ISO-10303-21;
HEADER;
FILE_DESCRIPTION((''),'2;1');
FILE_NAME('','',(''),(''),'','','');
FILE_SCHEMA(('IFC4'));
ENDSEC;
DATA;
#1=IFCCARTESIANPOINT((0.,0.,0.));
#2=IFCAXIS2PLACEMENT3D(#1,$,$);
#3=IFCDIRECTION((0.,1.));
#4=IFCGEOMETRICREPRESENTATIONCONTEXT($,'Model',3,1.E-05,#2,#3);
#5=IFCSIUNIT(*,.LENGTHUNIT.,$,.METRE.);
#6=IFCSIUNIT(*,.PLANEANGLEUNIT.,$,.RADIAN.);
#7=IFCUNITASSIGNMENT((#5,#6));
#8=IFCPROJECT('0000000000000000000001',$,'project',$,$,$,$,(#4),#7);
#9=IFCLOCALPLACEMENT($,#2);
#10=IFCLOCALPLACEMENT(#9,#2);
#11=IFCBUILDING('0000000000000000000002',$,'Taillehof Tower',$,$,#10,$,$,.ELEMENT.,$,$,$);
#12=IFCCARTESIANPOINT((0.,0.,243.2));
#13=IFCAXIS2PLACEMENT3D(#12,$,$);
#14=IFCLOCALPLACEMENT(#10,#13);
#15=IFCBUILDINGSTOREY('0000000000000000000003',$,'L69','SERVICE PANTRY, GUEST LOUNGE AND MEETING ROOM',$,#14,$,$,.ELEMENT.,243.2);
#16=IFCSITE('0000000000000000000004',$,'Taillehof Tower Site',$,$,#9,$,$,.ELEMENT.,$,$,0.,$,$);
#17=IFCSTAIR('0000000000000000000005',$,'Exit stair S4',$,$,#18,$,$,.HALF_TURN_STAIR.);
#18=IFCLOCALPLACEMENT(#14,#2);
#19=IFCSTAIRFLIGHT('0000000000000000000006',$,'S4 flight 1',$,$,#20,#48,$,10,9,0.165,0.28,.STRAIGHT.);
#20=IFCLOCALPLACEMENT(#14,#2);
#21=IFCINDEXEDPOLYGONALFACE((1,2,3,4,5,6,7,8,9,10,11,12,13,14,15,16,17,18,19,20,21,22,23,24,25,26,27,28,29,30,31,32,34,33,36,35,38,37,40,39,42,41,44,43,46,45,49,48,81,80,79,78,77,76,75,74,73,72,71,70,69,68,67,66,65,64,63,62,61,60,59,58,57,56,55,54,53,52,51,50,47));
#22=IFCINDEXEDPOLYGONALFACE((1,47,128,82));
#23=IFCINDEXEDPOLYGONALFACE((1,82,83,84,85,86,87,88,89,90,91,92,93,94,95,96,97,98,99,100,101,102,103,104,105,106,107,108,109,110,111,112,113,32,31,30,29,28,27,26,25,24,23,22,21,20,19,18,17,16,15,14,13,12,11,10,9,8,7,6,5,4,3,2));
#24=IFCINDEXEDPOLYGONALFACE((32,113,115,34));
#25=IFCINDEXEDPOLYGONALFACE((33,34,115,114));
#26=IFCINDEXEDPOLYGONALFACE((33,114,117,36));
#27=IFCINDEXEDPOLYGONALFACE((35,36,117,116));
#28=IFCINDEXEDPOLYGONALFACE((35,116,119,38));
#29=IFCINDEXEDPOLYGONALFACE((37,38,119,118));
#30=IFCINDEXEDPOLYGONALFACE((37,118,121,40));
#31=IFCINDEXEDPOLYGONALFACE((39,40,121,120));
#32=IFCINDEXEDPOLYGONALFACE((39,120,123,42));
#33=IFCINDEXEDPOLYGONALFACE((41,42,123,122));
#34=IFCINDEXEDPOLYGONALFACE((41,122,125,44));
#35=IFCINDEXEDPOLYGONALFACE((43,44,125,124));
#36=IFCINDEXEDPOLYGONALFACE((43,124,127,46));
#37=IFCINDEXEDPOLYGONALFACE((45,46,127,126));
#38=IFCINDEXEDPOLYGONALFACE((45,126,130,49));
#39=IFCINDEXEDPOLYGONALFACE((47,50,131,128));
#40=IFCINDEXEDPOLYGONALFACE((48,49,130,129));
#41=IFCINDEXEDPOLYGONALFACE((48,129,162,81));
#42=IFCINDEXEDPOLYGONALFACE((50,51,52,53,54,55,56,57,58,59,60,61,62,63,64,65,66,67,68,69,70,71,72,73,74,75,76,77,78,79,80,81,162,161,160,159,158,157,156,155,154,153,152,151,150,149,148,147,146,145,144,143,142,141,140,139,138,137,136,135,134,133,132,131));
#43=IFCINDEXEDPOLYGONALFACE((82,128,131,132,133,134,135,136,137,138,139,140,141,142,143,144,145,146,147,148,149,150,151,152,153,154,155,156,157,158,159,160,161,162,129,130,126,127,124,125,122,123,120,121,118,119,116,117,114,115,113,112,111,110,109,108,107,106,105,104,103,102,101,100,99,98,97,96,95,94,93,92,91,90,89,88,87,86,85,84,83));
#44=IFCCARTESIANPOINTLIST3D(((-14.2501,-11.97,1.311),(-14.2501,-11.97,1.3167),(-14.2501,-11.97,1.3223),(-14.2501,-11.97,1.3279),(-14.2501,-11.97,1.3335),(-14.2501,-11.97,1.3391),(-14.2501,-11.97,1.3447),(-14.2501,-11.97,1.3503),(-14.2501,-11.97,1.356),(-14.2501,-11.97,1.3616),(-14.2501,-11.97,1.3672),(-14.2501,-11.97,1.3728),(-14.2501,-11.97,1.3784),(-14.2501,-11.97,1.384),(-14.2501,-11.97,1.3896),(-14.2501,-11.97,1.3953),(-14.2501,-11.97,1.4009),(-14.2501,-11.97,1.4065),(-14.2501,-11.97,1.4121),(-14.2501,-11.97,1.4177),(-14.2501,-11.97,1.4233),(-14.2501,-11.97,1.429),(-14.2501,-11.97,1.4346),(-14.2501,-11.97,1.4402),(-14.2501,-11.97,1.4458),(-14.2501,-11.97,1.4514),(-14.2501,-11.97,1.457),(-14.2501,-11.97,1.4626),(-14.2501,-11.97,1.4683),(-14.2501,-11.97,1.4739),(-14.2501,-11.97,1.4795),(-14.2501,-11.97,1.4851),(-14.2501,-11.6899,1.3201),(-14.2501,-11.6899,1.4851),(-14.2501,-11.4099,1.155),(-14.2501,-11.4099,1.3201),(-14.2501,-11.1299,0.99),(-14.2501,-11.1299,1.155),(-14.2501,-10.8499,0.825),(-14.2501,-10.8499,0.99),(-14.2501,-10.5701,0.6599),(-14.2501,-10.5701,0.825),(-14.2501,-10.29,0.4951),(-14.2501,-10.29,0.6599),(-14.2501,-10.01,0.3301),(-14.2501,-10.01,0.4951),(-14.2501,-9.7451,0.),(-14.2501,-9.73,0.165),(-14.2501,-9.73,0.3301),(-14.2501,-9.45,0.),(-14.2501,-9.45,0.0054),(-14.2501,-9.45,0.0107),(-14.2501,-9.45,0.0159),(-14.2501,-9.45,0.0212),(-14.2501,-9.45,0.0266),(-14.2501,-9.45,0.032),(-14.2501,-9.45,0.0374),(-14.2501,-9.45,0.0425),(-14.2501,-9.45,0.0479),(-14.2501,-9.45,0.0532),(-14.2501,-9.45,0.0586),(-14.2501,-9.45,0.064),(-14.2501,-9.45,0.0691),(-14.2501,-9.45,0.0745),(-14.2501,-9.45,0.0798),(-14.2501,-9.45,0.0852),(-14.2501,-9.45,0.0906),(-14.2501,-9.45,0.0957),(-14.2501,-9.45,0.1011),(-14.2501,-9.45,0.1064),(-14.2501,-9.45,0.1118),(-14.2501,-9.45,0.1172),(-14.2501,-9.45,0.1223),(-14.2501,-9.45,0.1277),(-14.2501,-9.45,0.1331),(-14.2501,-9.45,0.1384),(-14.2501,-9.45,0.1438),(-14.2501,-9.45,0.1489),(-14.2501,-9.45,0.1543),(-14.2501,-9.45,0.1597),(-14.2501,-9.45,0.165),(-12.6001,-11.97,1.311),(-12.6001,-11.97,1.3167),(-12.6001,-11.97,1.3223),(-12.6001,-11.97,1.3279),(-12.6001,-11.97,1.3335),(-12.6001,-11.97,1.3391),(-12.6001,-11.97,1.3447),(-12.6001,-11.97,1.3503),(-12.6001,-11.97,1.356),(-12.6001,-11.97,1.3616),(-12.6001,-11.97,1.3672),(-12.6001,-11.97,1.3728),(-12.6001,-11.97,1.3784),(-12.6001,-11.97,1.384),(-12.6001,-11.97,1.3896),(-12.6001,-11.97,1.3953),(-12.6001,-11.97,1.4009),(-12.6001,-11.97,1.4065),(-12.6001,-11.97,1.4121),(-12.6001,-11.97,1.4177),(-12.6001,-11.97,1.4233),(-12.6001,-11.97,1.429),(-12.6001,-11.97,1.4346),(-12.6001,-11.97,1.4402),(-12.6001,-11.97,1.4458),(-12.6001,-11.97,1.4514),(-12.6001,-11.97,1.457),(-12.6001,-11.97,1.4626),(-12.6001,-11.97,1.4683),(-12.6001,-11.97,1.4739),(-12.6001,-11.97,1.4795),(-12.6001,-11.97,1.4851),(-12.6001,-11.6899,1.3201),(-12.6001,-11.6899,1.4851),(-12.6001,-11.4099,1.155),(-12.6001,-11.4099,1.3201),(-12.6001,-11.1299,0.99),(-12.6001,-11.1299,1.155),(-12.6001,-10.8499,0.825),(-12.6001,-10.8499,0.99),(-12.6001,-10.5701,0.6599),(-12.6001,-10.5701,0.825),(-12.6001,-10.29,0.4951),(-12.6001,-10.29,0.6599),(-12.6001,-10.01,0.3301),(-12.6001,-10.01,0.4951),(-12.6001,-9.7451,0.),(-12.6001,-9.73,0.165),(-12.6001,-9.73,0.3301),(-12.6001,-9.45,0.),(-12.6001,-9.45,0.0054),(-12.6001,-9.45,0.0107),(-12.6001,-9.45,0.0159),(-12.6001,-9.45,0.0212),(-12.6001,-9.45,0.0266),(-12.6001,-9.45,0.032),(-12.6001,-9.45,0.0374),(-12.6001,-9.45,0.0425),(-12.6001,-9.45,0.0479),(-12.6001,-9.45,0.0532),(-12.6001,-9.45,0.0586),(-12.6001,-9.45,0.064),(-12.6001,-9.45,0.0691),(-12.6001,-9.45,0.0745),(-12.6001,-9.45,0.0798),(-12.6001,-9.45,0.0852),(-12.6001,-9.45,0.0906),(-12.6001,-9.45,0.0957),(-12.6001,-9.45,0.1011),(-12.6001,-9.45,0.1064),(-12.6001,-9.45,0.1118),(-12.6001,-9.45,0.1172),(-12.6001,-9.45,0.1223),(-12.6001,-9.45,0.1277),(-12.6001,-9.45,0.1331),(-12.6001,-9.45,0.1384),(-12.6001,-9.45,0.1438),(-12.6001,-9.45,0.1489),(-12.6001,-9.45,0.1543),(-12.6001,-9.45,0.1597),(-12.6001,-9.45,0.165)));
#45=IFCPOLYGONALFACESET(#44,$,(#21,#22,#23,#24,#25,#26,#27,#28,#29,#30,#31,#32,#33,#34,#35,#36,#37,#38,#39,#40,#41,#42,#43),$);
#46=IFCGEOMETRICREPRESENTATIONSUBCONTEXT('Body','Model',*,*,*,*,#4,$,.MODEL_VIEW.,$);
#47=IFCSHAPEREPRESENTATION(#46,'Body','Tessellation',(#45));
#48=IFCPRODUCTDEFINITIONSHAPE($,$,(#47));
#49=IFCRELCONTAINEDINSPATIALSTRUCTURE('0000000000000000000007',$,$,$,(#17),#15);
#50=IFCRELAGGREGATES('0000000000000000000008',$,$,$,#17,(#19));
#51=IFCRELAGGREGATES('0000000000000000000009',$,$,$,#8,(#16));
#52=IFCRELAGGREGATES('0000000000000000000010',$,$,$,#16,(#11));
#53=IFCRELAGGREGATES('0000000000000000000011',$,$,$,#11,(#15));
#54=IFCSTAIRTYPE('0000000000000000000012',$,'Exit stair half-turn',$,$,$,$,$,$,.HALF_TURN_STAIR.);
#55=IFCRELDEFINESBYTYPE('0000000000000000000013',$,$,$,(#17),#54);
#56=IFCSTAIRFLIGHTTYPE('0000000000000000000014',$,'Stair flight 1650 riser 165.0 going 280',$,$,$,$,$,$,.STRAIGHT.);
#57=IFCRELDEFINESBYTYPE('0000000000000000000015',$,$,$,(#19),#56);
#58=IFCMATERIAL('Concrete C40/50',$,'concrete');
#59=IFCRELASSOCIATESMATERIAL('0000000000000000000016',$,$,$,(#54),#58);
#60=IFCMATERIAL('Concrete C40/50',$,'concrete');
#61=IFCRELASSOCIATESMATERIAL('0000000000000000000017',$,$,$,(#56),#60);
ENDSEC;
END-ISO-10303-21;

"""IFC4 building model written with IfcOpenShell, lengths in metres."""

from ifc_helpers import new_model, si_unit, direction, frame, origin, place, context, subcontext, project, spatial, polyline, outline, extrude, material, type_object, element, aggregate, save


model = new_model("IFC4")

# Units and contexts
model_context = context("Model", 3, precision=1e-05, world=origin(), true_north=direction((0.0, 1.0)))
body_context = subcontext(model_context, "Body", "Model", "MODEL_VIEW")
ifc_project = project(units=[si_unit("LENGTHUNIT", "METRE"), si_unit("PLANEANGLEUNIT", "RADIAN")], contexts=[model_context])

# Site, building, storey
site_placement = place(None, origin())
site = spatial("IfcSite", under=ifc_project, at=site_placement, Name="Taillehof Tower Site", CompositionType="ELEMENT", RefElevation=0.0)
building_placement = place(site_placement, origin())
building = spatial("IfcBuilding", under=site, at=building_placement, Name="Taillehof Tower", CompositionType="ELEMENT")
storey_placement = place(building_placement, frame((0.0, 0.0, 243.2)))
storey = spatial("IfcBuildingStorey", under=building, at=storey_placement, Name="L69", Description="SERVICE PANTRY, GUEST LOUNGE AND MEETING ROOM", CompositionType="ELEMENT", Elevation=243.2)

# Stair, stair flight
ifc_material_1 = material(Name="Concrete C40/50", Category="concrete")
stair_type = type_object("IfcStairType", Name="Exit stair half-turn", PredefinedType="HALF_TURN_STAIR", material=ifc_material_1)
stair_placement = place(storey_placement, origin())
stair = element("IfcStair", 1, at=stair_placement, inside=storey, type_object=stair_type, Name="Exit stair S4", PredefinedType="HALF_TURN_STAIR")
ifc_material_2 = material(Name="Concrete C40/50", Category="concrete")
stair_flight_type = type_object("IfcStairFlightType", Name="Stair flight 1650 riser 165.0 going 280", PredefinedType="STRAIGHT", material=ifc_material_2)
stair_flight_placement = place(storey_placement, frame((-13.425, -9.45, 0.0), z_axis=(0.0, 0.0, 1.0), x_axis=(0.0, -1.0, 0.0)))
stair_flight = element("IfcStairFlight", 2, at=stair_flight_placement, type_object=stair_flight_type, Name="S4 flight 1", NumberOfRisers=10, NumberOfTreads=9, PredefinedType="STRAIGHT", RiserHeight=0.165, TreadLength=0.28, context=body_context, shape_type="SweptSolid", body=[
    extrude(outline(polyline([(0.0, 0.0), (0.0, 0.0054), (0.0, 0.0107), (0.0, 0.0159), (0.0, 0.0212), (0.0, 0.0266), (0.0, 0.032), (0.0, 0.0374), (0.0, 0.0425), (0.0, 0.0479), (0.0, 0.0532), (0.0, 0.0586), (0.0, 0.064), (0.0, 0.0691), (0.0, 0.0745), (0.0, 0.0798), (0.0, 0.0852), (0.0, 0.0906), (0.0, 0.0957), (0.0, 0.1011), (0.0, 0.1064), (0.0, 0.1118), (0.0, 0.1172), (0.0, 0.1223), (0.0, 0.1277), (0.0, 0.1331), (0.0, 0.1384), (0.0, 0.1438), (0.0, 0.1489), (0.0, 0.1543), (0.0, 0.1597), (0.0, 0.165), (0.28, 0.165), (0.28, 0.3301), (0.5601, 0.3301), (0.5601, 0.4951), (0.8401, 0.4951), (0.8401, 0.6599), (1.1201, 0.6599), (1.1201, 0.825), (1.3999, 0.825), (1.3999, 0.99), (1.6799, 0.99), (1.6799, 1.155), (1.96, 1.155), (1.96, 1.3201), (2.24, 1.3201), (2.24, 1.4851), (2.52, 1.4851), (2.52, 1.4795), (2.52, 1.4739), (2.52, 1.4683), (2.52, 1.4626), (2.52, 1.457), (2.52, 1.4514), (2.52, 1.4458), (2.52, 1.4402), (2.52, 1.4346), (2.52, 1.429), (2.52, 1.4233), (2.52, 1.4177), (2.52, 1.4121), (2.52, 1.4065), (2.52, 1.4009), (2.52, 1.3953), (2.52, 1.3896), (2.52, 1.384), (2.52, 1.3784), (2.52, 1.3728), (2.52, 1.3672), (2.52, 1.3616), (2.52, 1.356), (2.52, 1.3503), (2.52, 1.3447), (2.52, 1.3391), (2.52, 1.3335), (2.52, 1.3279), (2.52, 1.3223), (2.52, 1.3167), (2.52, 1.311), (0.2952, 0.0), (0.0, 0.0)])), frame((0.0, 0.825, 0.0), z_axis=(0.0, -1.0, 0.0), x_axis=(1.0, 0.0, 0.0)), (0.0, 0.0, 1.0), 1.65),
])
aggregate(stair, [stair_flight])

save(model, "model.ifc")
